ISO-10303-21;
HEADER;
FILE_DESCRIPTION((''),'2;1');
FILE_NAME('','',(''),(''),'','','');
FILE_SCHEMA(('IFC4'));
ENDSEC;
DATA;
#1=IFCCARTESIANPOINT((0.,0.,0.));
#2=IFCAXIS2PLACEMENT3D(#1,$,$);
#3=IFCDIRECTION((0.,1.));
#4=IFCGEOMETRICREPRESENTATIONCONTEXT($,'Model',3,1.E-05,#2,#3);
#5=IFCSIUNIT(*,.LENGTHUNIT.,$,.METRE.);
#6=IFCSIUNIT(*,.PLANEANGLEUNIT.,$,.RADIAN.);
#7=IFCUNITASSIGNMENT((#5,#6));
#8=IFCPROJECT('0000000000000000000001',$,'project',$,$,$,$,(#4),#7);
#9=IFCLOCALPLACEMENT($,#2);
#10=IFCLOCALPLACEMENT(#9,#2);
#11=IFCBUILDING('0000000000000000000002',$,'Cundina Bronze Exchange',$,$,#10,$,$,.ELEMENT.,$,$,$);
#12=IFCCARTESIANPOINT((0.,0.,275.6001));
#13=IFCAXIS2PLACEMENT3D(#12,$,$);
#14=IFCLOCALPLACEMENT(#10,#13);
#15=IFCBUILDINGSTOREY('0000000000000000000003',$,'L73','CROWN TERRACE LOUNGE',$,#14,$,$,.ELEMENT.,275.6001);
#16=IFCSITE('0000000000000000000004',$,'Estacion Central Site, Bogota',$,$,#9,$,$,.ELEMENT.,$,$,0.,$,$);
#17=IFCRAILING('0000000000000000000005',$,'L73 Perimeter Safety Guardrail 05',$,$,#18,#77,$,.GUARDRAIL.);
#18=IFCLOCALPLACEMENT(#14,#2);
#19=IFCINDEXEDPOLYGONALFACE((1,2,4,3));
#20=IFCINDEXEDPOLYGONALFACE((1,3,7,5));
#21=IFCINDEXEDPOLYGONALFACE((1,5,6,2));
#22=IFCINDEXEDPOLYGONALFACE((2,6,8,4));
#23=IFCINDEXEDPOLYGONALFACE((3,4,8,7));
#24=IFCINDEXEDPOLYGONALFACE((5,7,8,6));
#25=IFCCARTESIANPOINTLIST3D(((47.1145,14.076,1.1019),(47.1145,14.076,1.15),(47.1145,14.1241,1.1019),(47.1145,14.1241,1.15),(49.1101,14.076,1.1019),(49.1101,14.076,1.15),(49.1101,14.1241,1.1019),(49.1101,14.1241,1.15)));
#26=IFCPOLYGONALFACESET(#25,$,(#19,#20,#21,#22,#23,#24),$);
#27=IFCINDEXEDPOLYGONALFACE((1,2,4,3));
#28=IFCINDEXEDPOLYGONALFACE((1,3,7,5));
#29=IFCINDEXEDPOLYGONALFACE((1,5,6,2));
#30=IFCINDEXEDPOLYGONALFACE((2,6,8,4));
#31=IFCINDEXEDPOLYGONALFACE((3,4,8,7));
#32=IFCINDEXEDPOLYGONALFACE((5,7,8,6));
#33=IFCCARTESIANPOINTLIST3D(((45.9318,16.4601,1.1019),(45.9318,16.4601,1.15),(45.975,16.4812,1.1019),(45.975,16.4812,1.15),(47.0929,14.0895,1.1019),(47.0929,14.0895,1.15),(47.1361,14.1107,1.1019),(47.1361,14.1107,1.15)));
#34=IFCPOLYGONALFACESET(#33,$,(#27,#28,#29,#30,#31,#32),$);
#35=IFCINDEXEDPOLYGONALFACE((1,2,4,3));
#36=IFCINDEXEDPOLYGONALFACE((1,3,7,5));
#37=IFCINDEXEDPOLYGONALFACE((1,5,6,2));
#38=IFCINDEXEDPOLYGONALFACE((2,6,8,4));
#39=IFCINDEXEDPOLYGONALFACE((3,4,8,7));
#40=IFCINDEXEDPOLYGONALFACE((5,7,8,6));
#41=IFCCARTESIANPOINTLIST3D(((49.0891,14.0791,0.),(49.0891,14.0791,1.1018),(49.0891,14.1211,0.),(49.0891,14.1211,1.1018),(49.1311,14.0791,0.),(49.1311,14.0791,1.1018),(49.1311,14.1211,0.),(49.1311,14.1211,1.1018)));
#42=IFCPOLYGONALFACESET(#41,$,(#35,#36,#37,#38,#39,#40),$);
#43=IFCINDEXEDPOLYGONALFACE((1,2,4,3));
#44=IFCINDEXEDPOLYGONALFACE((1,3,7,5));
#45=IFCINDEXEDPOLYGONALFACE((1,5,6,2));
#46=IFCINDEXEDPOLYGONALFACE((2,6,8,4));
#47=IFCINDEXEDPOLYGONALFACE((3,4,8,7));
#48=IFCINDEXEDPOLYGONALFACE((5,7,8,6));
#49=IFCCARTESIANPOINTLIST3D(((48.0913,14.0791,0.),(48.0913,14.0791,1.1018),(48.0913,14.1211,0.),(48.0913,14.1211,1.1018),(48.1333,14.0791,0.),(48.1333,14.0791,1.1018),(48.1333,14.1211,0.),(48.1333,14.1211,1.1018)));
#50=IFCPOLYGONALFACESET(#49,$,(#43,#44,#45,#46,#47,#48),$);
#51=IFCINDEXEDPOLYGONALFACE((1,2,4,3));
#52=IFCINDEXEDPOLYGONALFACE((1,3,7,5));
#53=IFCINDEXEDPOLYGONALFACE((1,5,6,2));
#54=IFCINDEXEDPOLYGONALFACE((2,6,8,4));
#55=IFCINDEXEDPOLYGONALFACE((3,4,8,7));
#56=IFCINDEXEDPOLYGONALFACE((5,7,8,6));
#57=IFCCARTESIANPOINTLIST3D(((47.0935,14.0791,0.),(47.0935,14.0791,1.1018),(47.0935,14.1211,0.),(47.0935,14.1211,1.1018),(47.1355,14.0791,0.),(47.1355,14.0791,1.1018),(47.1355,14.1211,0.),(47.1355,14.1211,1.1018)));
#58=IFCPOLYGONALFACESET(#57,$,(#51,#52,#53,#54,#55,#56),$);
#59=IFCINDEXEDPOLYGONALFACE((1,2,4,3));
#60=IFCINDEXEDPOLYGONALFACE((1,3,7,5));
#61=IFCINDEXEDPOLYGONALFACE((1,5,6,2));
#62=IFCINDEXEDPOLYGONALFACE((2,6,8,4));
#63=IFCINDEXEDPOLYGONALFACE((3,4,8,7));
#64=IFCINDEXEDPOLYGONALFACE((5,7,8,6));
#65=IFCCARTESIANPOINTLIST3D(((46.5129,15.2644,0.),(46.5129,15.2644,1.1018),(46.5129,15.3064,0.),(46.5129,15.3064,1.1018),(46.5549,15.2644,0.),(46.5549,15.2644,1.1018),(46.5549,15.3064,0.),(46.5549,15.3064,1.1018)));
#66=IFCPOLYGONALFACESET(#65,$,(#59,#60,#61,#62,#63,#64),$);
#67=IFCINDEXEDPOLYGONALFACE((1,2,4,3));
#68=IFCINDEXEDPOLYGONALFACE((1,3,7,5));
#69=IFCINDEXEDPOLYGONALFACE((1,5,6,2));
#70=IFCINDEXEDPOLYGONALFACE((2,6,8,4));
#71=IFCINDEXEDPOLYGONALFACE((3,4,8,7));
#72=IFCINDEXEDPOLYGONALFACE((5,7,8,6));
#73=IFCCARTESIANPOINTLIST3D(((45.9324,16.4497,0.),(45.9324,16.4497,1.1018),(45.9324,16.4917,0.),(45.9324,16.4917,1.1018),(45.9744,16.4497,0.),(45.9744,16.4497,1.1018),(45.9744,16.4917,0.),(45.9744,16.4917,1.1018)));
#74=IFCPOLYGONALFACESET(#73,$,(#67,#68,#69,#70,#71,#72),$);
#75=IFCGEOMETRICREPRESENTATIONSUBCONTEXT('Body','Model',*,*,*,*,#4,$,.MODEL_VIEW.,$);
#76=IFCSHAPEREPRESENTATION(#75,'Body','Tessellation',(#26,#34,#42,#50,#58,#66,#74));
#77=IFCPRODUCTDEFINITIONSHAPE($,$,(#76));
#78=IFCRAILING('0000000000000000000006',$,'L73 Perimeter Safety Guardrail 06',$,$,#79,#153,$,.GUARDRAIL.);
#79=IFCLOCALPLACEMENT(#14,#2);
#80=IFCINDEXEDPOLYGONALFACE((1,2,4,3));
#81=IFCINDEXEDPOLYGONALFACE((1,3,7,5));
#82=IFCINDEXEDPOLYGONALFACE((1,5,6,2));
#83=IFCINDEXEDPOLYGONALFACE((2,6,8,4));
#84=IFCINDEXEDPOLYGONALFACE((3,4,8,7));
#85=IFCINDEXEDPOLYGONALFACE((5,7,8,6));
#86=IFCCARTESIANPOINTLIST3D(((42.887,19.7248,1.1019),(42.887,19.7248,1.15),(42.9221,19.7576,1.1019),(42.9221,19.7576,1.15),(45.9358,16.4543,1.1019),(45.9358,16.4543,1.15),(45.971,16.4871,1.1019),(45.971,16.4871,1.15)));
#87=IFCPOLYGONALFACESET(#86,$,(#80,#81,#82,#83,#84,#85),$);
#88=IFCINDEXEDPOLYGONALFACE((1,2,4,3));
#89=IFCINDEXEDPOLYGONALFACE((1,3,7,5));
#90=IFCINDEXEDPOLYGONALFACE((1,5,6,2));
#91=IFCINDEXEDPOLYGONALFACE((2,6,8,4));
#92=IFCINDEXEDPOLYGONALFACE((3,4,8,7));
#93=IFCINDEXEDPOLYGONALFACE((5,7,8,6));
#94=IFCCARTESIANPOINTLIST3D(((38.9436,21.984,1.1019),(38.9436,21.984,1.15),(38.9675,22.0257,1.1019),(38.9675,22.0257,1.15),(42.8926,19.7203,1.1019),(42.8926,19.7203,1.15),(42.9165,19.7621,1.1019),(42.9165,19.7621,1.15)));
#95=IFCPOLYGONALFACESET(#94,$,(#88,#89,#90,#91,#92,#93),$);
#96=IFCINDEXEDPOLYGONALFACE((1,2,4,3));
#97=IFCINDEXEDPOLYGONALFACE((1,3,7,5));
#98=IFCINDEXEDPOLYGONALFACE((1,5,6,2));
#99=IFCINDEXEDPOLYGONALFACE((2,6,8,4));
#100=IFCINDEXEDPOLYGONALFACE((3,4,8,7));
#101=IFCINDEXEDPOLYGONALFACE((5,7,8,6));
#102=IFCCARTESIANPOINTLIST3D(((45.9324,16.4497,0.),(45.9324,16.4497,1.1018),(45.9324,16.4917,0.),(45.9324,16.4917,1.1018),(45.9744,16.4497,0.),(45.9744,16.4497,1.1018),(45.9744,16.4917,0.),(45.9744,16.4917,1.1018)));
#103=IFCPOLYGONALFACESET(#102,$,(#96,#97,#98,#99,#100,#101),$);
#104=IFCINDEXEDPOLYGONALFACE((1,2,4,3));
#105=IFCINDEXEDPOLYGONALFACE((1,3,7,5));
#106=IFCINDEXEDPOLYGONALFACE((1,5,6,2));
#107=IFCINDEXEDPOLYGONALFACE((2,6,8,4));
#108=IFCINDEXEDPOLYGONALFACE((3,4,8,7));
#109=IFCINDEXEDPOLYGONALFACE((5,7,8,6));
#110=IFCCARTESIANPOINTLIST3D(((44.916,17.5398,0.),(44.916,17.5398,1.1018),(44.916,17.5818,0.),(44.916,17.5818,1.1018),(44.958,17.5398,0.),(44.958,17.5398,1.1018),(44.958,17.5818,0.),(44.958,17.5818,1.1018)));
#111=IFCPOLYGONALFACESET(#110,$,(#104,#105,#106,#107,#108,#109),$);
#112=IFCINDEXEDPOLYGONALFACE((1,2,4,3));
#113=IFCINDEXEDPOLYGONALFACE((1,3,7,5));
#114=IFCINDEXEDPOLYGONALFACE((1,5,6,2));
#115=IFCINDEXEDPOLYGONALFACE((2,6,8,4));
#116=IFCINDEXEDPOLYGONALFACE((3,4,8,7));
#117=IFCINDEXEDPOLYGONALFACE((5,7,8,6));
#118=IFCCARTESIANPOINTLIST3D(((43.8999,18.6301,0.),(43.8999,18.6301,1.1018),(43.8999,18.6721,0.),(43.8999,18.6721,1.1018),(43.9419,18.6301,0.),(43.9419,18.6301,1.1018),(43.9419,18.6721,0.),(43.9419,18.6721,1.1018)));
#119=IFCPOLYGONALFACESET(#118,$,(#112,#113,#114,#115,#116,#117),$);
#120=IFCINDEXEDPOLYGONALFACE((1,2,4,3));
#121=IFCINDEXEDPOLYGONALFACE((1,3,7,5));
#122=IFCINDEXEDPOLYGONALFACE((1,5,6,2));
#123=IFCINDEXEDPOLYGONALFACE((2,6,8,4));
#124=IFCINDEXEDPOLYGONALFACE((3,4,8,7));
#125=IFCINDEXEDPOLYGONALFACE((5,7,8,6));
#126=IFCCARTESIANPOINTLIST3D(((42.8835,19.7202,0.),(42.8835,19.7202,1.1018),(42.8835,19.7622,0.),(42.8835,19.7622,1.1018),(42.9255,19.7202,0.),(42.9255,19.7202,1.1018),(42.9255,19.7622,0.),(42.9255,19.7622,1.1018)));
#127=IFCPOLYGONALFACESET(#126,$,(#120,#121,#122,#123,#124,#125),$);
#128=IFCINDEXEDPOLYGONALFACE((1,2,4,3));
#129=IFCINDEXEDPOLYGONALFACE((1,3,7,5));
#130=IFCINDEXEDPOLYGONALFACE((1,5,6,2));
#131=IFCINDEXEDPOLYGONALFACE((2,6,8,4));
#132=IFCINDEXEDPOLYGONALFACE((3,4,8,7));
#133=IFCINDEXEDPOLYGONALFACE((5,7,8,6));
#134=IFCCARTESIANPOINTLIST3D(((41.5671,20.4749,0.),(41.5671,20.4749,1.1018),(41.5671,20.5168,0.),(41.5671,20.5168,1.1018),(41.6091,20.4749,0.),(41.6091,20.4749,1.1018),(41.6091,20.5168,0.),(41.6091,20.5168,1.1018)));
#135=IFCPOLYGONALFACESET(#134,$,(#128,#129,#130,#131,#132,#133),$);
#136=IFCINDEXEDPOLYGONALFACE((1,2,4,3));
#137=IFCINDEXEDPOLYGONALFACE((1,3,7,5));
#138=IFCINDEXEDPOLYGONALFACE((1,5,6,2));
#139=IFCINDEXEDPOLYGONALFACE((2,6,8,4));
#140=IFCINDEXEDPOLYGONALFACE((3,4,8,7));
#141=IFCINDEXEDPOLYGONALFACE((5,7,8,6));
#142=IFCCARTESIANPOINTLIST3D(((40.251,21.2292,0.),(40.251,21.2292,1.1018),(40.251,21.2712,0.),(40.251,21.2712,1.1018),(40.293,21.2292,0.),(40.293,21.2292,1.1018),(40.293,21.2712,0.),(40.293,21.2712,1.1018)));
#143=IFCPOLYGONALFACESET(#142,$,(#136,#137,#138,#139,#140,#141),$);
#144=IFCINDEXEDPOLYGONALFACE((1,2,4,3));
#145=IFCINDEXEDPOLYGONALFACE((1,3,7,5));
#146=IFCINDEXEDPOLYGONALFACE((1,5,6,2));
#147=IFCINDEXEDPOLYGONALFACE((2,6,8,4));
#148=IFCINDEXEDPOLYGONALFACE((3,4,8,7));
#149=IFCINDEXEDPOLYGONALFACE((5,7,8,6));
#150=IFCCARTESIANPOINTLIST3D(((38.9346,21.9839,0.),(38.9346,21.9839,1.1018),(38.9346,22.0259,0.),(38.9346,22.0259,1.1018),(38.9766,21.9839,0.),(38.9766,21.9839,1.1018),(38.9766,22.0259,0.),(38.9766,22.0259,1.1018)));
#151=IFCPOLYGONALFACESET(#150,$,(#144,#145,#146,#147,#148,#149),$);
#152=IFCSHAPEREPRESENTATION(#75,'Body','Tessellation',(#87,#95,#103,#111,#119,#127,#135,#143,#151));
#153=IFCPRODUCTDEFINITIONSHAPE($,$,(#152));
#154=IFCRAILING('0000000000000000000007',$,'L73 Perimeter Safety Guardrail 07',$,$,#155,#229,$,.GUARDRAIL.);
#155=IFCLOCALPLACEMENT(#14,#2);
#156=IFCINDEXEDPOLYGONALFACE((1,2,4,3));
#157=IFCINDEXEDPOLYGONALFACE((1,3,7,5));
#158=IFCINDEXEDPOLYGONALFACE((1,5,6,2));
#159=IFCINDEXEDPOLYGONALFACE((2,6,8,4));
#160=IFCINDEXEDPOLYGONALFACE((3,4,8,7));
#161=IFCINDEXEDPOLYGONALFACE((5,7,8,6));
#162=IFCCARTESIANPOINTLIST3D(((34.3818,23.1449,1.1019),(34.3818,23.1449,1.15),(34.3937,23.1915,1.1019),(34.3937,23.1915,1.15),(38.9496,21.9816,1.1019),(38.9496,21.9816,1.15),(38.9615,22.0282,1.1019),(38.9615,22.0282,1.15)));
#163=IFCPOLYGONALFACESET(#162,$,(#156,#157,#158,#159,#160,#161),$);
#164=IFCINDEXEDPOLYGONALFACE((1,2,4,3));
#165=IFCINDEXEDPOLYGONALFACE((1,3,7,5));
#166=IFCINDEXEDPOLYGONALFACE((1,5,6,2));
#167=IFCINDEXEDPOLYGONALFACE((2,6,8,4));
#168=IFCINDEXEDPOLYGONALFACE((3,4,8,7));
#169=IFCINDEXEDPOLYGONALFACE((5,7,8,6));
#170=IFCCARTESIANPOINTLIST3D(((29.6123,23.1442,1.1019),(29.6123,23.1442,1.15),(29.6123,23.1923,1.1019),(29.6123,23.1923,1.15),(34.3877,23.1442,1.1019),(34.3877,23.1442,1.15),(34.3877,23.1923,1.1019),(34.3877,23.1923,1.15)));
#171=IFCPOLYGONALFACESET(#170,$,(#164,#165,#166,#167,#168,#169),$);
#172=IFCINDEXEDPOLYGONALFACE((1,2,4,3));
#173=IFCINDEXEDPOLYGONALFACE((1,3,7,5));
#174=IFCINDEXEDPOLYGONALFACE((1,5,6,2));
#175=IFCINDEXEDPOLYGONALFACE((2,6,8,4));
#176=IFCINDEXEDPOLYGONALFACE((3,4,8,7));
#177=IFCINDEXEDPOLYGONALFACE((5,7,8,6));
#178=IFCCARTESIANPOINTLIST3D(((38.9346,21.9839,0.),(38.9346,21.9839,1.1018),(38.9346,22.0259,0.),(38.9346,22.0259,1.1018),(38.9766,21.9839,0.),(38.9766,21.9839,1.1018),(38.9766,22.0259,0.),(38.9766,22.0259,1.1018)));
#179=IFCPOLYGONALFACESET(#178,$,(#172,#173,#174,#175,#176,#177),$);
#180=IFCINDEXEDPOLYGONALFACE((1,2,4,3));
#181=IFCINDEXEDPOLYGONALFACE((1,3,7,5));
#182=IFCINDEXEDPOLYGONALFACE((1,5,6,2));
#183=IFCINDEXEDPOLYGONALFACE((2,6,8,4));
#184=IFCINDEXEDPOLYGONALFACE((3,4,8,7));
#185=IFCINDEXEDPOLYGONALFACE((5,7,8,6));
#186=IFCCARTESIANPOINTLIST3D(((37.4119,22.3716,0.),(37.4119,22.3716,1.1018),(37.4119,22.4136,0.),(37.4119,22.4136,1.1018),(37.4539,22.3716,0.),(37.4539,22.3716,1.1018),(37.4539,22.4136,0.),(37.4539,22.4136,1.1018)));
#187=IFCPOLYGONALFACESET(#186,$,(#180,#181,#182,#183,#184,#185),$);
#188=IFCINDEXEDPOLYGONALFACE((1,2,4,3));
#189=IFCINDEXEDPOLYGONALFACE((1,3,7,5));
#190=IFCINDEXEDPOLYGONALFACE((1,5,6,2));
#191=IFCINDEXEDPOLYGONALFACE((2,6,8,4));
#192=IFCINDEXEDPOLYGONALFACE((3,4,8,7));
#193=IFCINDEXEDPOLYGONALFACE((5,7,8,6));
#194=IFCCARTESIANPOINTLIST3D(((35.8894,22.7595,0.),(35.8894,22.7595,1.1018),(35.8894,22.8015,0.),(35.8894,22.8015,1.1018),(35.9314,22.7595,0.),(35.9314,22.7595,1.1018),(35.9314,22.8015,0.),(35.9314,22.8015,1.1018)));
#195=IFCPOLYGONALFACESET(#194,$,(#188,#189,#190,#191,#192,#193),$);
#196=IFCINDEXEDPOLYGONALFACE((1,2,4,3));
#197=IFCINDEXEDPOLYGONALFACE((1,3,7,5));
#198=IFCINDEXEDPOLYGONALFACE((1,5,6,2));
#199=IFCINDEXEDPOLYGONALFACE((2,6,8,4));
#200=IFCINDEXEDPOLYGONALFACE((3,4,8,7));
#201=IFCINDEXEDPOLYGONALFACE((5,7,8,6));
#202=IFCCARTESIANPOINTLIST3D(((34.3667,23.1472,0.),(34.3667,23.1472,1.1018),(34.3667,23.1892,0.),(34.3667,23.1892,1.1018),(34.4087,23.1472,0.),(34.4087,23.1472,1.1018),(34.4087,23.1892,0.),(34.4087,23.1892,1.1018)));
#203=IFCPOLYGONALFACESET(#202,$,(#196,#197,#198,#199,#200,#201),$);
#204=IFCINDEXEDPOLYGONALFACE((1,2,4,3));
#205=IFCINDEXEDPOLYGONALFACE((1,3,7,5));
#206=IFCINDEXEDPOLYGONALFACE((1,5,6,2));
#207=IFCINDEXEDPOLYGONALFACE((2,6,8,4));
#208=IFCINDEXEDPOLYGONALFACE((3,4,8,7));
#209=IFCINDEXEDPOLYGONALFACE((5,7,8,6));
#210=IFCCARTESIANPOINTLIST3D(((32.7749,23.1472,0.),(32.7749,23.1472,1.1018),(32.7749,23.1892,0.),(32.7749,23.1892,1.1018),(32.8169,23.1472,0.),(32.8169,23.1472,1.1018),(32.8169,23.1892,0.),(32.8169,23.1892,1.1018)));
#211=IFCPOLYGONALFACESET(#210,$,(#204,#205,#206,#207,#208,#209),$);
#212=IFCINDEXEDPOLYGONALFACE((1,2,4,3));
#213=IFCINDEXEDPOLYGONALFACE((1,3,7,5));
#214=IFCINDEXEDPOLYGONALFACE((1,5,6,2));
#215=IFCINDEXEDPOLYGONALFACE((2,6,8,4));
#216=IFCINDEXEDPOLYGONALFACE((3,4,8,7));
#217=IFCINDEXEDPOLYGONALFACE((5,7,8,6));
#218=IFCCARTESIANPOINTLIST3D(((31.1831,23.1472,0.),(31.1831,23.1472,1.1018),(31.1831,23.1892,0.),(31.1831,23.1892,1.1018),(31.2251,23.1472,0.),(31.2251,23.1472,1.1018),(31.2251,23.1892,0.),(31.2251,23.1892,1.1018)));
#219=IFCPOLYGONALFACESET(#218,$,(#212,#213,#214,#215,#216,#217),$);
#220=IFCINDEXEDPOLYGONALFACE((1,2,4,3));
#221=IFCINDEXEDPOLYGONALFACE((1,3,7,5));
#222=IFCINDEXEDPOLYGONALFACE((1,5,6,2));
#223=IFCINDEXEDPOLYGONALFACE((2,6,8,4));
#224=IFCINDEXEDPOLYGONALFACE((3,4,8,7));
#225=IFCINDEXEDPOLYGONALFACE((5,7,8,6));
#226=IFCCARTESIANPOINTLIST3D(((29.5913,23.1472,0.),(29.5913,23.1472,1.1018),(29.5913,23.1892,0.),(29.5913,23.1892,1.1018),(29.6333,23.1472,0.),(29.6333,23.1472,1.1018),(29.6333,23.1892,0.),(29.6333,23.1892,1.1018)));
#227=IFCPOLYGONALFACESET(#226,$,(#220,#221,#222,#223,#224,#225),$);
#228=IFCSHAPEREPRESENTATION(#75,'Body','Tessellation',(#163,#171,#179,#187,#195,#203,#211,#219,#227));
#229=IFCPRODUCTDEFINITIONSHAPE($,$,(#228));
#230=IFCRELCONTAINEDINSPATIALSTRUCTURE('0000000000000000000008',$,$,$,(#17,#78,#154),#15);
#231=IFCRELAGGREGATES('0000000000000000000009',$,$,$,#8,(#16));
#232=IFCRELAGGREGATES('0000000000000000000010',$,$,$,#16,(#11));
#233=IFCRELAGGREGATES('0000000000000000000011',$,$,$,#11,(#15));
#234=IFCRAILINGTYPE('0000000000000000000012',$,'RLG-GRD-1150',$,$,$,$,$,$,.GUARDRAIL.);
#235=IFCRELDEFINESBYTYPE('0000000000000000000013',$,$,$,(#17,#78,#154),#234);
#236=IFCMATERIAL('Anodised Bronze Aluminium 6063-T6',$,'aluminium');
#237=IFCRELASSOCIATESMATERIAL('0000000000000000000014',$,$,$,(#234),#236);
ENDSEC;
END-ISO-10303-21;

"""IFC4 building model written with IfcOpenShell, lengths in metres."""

from ifc_helpers import new_model, si_unit, direction, frame, origin, origin_2d, place, context, subcontext, project, spatial, rectangle, extrude, material, type_object, element, save


model = new_model("IFC4")

# Units and contexts
model_context = context("Model", 3, precision=1e-05, world=origin(), true_north=direction((0.0, 1.0)))
body_context = subcontext(model_context, "Body", "Model", "MODEL_VIEW")
ifc_project = project(units=[si_unit("LENGTHUNIT", "METRE"), si_unit("PLANEANGLEUNIT", "RADIAN")], contexts=[model_context])

# Site, building, storey
site_placement = place(None, origin())
site = spatial("IfcSite", under=ifc_project, at=site_placement, Name="Estacion Central Site, Bogota", CompositionType="ELEMENT", RefElevation=0.0)
building_placement = place(site_placement, origin())
building = spatial("IfcBuilding", under=site, at=building_placement, Name="Cundina Bronze Exchange", CompositionType="ELEMENT")
storey_placement = place(building_placement, frame((0.0, 0.0, 275.6001)))
storey = spatial("IfcBuildingStorey", under=building, at=storey_placement, Name="L73", Description="CROWN TERRACE LOUNGE", CompositionType="ELEMENT", Elevation=275.6001)

# Shared definitions
ifc_material_1 = material(Name="Anodised Bronze Aluminium 6063-T6", Category="aluminium")

# Railings
railing_type = type_object("IfcRailingType", Name="RLG-GRD-1150", PredefinedType="GUARDRAIL", material=ifc_material_1)
railing_1_placement = place(storey_placement, frame((49.1101, 14.1001, 0.0)))
element("IfcRailing", 1, at=railing_1_placement, inside=storey, type_object=railing_type, Name="L73 Perimeter Safety Guardrail 05", PredefinedType="GUARDRAIL", context=body_context, shape_type="SweptSolid", body=[
    extrude(rectangle(XDim=0.0481, YDim=0.0481, at=origin_2d()), frame((0.0, 0.0, 1.126), z_axis=(-1.0, 0.0, 0.0), x_axis=(0.0, -1.0, 0.0)), (0.0, 0.0, 1.0), 1.9956),
    extrude(rectangle(XDim=0.0481, YDim=0.0481, at=origin_2d()), frame((-1.9956, 0.0, 1.126), z_axis=(-0.439874, 0.89806, 0.0), x_axis=(-0.89806, -0.439874, 0.0)), (0.0, 0.0, 1.0), 2.6396),
    extrude(rectangle(XDim=0.042, YDim=0.042, at=origin_2d()), origin(), (0.0, 0.0, 1.0), 1.1018),
    extrude(rectangle(XDim=0.042, YDim=0.042, at=origin_2d()), frame((-0.9978, 0.0, 0.0)), (0.0, 0.0, 1.0), 1.1018),
    extrude(rectangle(XDim=0.042, YDim=0.042, at=origin_2d()), frame((-1.9956, 0.0, 0.0)), (0.0, 0.0, 1.0), 1.1018),
    extrude(rectangle(XDim=0.042, YDim=0.042, at=origin_2d()), frame((-2.5762, 1.1853, 0.0)), (0.0, 0.0, 1.0), 1.1018),
    extrude(rectangle(XDim=0.042, YDim=0.042, at=origin_2d()), frame((-3.1567, 2.3706, 0.0)), (0.0, 0.0, 1.0), 1.1018),
])
railing_2_placement = place(storey_placement, frame((45.9534, 16.4707, 0.0)))
element("IfcRailing", 2, at=railing_2_placement, inside=storey, type_object=railing_type, Name="L73 Perimeter Safety Guardrail 06", PredefinedType="GUARDRAIL", context=body_context, shape_type="SweptSolid", body=[
    extrude(rectangle(XDim=0.0481, YDim=0.0481, at=origin_2d()), frame((0.0, 0.0, 1.126), z_axis=(-0.681882, 0.731462, 0.0), x_axis=(-0.731462, -0.681882, 0.0)), (0.0, 0.0, 1.0), 4.4712),
    extrude(rectangle(XDim=0.0481, YDim=0.0481, at=origin_2d()), frame((-3.0488, 3.2705, 1.126), z_axis=(-0.867569, 0.497317, 0.0), x_axis=(-0.497317, -0.867569, 0.0)), (0.0, 0.0, 1.0), 4.5518),
    extrude(rectangle(XDim=0.042, YDim=0.042, at=origin_2d()), origin(), (0.0, 0.0, 1.0), 1.1018),
    extrude(rectangle(XDim=0.042, YDim=0.042, at=origin_2d()), frame((-1.0164, 1.0901, 0.0)), (0.0, 0.0, 1.0), 1.1018),
    extrude(rectangle(XDim=0.042, YDim=0.042, at=origin_2d()), frame((-2.0325, 2.1804, 0.0)), (0.0, 0.0, 1.0), 1.1018),
    extrude(rectangle(XDim=0.042, YDim=0.042, at=origin_2d()), frame((-3.0488, 3.2705, 0.0)), (0.0, 0.0, 1.0), 1.1018),
    extrude(rectangle(XDim=0.042, YDim=0.042, at=origin_2d()), frame((-4.3652, 4.0251, 0.0)), (0.0, 0.0, 1.0), 1.1018),
    extrude(rectangle(XDim=0.042, YDim=0.042, at=origin_2d()), frame((-5.6814, 4.7795, 0.0)), (0.0, 0.0, 1.0), 1.1018),
    extrude(rectangle(XDim=0.042, YDim=0.042, at=origin_2d()), frame((-6.9978, 5.5342, 0.0)), (0.0, 0.0, 1.0), 1.1018),
])
railing_3_placement = place(storey_placement, frame((38.9556, 22.0049, 0.0)))
element("IfcRailing", 3, at=railing_3_placement, inside=storey, type_object=railing_type, Name="L73 Perimeter Safety Guardrail 07", PredefinedType="GUARDRAIL", context=body_context, shape_type="SweptSolid", body=[
    extrude(rectangle(XDim=0.0481, YDim=0.0481, at=origin_2d()), frame((0.0, 0.0, 1.126), z_axis=(-0.969067, 0.246799, 0.0), x_axis=(-0.246799, -0.969067, 0.0)), (0.0, 0.0, 1.0), 4.7136),
    extrude(rectangle(XDim=0.0481, YDim=0.0481, at=origin_2d()), frame((-4.5679, 1.1633, 1.126), z_axis=(-1.0, 0.0, 0.0), x_axis=(0.0, -1.0, 0.0)), (0.0, 0.0, 1.0), 4.7754),
    extrude(rectangle(XDim=0.042, YDim=0.042, at=origin_2d()), origin(), (0.0, 0.0, 1.0), 1.1018),
    extrude(rectangle(XDim=0.042, YDim=0.042, at=origin_2d()), frame((-1.5227, 0.3877, 0.0)), (0.0, 0.0, 1.0), 1.1018),
    extrude(rectangle(XDim=0.042, YDim=0.042, at=origin_2d()), frame((-3.0452, 0.7756, 0.0)), (0.0, 0.0, 1.0), 1.1018),
    extrude(rectangle(XDim=0.042, YDim=0.042, at=origin_2d()), frame((-4.5679, 1.1633, 0.0)), (0.0, 0.0, 1.0), 1.1018),
    extrude(rectangle(XDim=0.042, YDim=0.042, at=origin_2d()), frame((-6.1597, 1.1633, 0.0)), (0.0, 0.0, 1.0), 1.1018),
    extrude(rectangle(XDim=0.042, YDim=0.042, at=origin_2d()), frame((-7.7515, 1.1633, 0.0)), (0.0, 0.0, 1.0), 1.1018),
    extrude(rectangle(XDim=0.042, YDim=0.042, at=origin_2d()), frame((-9.3433, 1.1633, 0.0)), (0.0, 0.0, 1.0), 1.1018),
])

save(model, "model.ifc")
